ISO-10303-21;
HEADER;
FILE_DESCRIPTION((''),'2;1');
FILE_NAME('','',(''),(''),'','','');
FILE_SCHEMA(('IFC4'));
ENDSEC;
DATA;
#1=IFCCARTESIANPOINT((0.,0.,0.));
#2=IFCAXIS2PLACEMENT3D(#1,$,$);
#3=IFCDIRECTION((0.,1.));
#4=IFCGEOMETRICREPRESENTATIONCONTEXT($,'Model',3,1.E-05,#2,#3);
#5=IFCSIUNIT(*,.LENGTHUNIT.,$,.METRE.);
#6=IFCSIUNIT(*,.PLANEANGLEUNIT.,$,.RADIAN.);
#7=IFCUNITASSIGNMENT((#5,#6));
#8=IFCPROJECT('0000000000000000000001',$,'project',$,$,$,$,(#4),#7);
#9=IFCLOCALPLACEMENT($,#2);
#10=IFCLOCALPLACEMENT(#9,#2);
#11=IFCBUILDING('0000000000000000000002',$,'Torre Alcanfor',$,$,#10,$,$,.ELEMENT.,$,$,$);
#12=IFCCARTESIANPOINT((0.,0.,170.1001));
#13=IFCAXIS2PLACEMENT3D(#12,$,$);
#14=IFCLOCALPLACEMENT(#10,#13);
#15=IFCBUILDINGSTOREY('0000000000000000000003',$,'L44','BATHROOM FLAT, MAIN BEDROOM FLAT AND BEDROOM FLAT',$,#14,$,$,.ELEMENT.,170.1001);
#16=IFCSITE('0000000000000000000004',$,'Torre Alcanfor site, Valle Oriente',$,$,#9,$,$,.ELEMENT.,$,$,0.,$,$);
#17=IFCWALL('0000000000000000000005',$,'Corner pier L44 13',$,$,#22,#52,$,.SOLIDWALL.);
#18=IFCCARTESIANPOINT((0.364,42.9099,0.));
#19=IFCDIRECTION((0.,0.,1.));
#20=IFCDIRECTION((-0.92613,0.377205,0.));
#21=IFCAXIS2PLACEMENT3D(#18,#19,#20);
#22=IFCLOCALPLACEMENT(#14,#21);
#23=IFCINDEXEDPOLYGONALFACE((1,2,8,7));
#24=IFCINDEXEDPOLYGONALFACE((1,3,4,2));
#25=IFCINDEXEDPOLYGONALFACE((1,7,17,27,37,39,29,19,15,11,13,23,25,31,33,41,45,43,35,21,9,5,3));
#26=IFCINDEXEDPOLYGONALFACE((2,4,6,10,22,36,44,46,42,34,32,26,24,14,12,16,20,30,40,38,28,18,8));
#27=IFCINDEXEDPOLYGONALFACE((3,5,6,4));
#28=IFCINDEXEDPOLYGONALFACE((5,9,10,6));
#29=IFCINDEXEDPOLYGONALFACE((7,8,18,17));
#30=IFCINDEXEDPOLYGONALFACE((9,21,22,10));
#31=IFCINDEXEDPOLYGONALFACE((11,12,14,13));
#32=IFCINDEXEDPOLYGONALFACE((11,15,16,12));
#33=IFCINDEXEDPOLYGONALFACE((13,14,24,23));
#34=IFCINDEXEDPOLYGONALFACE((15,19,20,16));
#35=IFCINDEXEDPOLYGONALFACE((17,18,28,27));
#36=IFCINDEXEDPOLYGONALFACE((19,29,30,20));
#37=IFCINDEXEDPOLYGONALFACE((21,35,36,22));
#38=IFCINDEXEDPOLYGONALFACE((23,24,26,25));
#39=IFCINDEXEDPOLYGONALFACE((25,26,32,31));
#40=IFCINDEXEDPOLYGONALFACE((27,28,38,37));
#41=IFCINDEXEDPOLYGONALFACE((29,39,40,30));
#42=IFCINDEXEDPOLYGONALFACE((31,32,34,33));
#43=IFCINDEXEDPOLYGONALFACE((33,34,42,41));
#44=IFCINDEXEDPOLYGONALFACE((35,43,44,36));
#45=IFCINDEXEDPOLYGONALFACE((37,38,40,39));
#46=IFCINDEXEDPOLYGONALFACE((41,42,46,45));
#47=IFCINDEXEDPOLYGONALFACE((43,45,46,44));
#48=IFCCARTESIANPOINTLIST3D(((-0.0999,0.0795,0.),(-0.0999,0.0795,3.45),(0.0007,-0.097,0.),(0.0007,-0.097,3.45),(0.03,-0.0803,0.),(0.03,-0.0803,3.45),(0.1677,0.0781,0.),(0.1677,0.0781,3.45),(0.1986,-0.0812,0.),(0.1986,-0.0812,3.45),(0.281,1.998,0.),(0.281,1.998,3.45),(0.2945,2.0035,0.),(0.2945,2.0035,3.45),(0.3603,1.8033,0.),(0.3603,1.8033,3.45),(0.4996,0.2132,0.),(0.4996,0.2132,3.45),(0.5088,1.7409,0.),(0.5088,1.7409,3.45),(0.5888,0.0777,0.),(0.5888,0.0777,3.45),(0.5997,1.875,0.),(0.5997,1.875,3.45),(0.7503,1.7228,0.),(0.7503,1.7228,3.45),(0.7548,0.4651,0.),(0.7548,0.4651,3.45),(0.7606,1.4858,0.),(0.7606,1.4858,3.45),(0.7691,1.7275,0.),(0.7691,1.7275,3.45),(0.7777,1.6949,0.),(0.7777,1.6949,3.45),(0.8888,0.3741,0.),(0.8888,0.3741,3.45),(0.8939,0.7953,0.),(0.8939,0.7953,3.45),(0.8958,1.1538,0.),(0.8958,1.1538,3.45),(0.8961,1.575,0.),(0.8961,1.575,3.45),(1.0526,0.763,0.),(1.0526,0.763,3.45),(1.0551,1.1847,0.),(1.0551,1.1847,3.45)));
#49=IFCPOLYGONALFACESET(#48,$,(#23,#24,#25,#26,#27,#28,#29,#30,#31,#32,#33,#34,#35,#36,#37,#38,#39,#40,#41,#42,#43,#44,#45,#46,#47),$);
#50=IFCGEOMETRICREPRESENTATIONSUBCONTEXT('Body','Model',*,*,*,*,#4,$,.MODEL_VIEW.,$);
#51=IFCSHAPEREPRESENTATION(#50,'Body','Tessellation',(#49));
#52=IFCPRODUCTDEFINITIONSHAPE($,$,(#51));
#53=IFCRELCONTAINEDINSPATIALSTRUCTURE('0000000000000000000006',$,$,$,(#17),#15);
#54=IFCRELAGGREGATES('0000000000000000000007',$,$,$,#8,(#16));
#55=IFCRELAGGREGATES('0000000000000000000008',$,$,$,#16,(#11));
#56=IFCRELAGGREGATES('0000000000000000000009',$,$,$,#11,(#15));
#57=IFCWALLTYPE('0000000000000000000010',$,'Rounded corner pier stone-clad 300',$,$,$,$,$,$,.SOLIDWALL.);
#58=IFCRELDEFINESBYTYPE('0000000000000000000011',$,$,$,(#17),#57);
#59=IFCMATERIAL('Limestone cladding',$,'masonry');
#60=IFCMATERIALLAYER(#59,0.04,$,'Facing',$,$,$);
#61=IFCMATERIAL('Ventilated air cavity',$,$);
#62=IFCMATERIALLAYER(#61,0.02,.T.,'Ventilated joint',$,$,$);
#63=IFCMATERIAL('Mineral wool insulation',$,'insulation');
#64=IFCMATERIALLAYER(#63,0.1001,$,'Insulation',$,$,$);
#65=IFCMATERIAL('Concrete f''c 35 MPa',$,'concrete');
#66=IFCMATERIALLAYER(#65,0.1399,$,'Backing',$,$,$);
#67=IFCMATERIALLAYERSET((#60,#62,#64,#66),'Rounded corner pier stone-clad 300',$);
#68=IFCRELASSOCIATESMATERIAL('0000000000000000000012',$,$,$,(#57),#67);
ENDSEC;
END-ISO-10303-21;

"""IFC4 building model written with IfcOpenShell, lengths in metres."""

from ifc_helpers import new_model, si_unit, direction, frame, origin, place, context, subcontext, project, spatial, polyline, outline, extrude, material, layer, layer_set, type_object, element, save


model = new_model("IFC4")

# Units and contexts
model_context = context("Model", 3, precision=1e-05, world=origin(), true_north=direction((0.0, 1.0)))
body_context = subcontext(model_context, "Body", "Model", "MODEL_VIEW")
ifc_project = project(units=[si_unit("LENGTHUNIT", "METRE"), si_unit("PLANEANGLEUNIT", "RADIAN")], contexts=[model_context])

# Site, building, storey
site_placement = place(None, origin())
site = spatial("IfcSite", under=ifc_project, at=site_placement, Name="Torre Alcanfor site, Valle Oriente", CompositionType="ELEMENT", RefElevation=0.0)
building_placement = place(site_placement, origin())
building = spatial("IfcBuilding", under=site, at=building_placement, Name="Torre Alcanfor", CompositionType="ELEMENT")
storey_placement = place(building_placement, frame((0.0, 0.0, 170.1001)))
storey = spatial("IfcBuildingStorey", under=building, at=storey_placement, Name="L44", Description="BATHROOM FLAT, MAIN BEDROOM FLAT AND BEDROOM FLAT", CompositionType="ELEMENT", Elevation=170.1001)

# Wall
ifc_material_1 = material(Name="Limestone cladding", Category="masonry")
ifc_layer_1 = layer(ifc_material_1, 0.04, Name="Facing")
ifc_material_2 = material(Name="Ventilated air cavity")
ifc_layer_2 = layer(ifc_material_2, 0.02, ventilated=True, Name="Ventilated joint")
ifc_material_3 = material(Name="Mineral wool insulation", Category="insulation")
ifc_layer_3 = layer(ifc_material_3, 0.1001, Name="Insulation")
ifc_material_4 = material(Name="Concrete f'c 35 MPa", Category="concrete")
ifc_layer_4 = layer(ifc_material_4, 0.1399, Name="Backing")
ifc_layer_set_1 = layer_set([ifc_layer_1, ifc_layer_2, ifc_layer_3, ifc_layer_4], Name="Rounded corner pier stone-clad 300")
wall_type_1 = type_object("IfcWallType", Name="Rounded corner pier stone-clad 300", PredefinedType="SOLIDWALL", material=ifc_layer_set_1)
wall_1_placement = place(storey_placement, frame((0.364, 42.9099, 0.0), z_axis=(0.0, 0.0, 1.0), x_axis=(-0.92613, 0.377205, 0.0)))
element("IfcWall", 1, at=wall_1_placement, inside=storey, type_object=wall_type_1, Name="Corner pier L44 13", PredefinedType="SOLIDWALL", context=body_context, shape_type="SweptSolid", body=[
    extrude(outline(polyline([(0.3603, 1.8033), (0.5088, 1.7409), (0.7606, 1.4858), (0.8958, 1.1538), (0.8939, 0.7953), (0.7548, 0.4651), (0.4996, 0.2132), (0.1677, 0.0781), (-0.0999, 0.0795), (0.0007, -0.097), (0.03, -0.0803), (0.1986, -0.0812), (0.5888, 0.0777), (0.8888, 0.3741), (1.0526, 0.763), (1.0551, 1.1847), (0.8961, 1.575), (0.7777, 1.6949), (0.7691, 1.7275), (0.7503, 1.7228), (0.5997, 1.875), (0.2945, 2.0035), (0.281, 1.998), (0.3603, 1.8033)])), origin(), (0.0, 0.0, 1.0), 3.45),
])

save(model, "model.ifc")
